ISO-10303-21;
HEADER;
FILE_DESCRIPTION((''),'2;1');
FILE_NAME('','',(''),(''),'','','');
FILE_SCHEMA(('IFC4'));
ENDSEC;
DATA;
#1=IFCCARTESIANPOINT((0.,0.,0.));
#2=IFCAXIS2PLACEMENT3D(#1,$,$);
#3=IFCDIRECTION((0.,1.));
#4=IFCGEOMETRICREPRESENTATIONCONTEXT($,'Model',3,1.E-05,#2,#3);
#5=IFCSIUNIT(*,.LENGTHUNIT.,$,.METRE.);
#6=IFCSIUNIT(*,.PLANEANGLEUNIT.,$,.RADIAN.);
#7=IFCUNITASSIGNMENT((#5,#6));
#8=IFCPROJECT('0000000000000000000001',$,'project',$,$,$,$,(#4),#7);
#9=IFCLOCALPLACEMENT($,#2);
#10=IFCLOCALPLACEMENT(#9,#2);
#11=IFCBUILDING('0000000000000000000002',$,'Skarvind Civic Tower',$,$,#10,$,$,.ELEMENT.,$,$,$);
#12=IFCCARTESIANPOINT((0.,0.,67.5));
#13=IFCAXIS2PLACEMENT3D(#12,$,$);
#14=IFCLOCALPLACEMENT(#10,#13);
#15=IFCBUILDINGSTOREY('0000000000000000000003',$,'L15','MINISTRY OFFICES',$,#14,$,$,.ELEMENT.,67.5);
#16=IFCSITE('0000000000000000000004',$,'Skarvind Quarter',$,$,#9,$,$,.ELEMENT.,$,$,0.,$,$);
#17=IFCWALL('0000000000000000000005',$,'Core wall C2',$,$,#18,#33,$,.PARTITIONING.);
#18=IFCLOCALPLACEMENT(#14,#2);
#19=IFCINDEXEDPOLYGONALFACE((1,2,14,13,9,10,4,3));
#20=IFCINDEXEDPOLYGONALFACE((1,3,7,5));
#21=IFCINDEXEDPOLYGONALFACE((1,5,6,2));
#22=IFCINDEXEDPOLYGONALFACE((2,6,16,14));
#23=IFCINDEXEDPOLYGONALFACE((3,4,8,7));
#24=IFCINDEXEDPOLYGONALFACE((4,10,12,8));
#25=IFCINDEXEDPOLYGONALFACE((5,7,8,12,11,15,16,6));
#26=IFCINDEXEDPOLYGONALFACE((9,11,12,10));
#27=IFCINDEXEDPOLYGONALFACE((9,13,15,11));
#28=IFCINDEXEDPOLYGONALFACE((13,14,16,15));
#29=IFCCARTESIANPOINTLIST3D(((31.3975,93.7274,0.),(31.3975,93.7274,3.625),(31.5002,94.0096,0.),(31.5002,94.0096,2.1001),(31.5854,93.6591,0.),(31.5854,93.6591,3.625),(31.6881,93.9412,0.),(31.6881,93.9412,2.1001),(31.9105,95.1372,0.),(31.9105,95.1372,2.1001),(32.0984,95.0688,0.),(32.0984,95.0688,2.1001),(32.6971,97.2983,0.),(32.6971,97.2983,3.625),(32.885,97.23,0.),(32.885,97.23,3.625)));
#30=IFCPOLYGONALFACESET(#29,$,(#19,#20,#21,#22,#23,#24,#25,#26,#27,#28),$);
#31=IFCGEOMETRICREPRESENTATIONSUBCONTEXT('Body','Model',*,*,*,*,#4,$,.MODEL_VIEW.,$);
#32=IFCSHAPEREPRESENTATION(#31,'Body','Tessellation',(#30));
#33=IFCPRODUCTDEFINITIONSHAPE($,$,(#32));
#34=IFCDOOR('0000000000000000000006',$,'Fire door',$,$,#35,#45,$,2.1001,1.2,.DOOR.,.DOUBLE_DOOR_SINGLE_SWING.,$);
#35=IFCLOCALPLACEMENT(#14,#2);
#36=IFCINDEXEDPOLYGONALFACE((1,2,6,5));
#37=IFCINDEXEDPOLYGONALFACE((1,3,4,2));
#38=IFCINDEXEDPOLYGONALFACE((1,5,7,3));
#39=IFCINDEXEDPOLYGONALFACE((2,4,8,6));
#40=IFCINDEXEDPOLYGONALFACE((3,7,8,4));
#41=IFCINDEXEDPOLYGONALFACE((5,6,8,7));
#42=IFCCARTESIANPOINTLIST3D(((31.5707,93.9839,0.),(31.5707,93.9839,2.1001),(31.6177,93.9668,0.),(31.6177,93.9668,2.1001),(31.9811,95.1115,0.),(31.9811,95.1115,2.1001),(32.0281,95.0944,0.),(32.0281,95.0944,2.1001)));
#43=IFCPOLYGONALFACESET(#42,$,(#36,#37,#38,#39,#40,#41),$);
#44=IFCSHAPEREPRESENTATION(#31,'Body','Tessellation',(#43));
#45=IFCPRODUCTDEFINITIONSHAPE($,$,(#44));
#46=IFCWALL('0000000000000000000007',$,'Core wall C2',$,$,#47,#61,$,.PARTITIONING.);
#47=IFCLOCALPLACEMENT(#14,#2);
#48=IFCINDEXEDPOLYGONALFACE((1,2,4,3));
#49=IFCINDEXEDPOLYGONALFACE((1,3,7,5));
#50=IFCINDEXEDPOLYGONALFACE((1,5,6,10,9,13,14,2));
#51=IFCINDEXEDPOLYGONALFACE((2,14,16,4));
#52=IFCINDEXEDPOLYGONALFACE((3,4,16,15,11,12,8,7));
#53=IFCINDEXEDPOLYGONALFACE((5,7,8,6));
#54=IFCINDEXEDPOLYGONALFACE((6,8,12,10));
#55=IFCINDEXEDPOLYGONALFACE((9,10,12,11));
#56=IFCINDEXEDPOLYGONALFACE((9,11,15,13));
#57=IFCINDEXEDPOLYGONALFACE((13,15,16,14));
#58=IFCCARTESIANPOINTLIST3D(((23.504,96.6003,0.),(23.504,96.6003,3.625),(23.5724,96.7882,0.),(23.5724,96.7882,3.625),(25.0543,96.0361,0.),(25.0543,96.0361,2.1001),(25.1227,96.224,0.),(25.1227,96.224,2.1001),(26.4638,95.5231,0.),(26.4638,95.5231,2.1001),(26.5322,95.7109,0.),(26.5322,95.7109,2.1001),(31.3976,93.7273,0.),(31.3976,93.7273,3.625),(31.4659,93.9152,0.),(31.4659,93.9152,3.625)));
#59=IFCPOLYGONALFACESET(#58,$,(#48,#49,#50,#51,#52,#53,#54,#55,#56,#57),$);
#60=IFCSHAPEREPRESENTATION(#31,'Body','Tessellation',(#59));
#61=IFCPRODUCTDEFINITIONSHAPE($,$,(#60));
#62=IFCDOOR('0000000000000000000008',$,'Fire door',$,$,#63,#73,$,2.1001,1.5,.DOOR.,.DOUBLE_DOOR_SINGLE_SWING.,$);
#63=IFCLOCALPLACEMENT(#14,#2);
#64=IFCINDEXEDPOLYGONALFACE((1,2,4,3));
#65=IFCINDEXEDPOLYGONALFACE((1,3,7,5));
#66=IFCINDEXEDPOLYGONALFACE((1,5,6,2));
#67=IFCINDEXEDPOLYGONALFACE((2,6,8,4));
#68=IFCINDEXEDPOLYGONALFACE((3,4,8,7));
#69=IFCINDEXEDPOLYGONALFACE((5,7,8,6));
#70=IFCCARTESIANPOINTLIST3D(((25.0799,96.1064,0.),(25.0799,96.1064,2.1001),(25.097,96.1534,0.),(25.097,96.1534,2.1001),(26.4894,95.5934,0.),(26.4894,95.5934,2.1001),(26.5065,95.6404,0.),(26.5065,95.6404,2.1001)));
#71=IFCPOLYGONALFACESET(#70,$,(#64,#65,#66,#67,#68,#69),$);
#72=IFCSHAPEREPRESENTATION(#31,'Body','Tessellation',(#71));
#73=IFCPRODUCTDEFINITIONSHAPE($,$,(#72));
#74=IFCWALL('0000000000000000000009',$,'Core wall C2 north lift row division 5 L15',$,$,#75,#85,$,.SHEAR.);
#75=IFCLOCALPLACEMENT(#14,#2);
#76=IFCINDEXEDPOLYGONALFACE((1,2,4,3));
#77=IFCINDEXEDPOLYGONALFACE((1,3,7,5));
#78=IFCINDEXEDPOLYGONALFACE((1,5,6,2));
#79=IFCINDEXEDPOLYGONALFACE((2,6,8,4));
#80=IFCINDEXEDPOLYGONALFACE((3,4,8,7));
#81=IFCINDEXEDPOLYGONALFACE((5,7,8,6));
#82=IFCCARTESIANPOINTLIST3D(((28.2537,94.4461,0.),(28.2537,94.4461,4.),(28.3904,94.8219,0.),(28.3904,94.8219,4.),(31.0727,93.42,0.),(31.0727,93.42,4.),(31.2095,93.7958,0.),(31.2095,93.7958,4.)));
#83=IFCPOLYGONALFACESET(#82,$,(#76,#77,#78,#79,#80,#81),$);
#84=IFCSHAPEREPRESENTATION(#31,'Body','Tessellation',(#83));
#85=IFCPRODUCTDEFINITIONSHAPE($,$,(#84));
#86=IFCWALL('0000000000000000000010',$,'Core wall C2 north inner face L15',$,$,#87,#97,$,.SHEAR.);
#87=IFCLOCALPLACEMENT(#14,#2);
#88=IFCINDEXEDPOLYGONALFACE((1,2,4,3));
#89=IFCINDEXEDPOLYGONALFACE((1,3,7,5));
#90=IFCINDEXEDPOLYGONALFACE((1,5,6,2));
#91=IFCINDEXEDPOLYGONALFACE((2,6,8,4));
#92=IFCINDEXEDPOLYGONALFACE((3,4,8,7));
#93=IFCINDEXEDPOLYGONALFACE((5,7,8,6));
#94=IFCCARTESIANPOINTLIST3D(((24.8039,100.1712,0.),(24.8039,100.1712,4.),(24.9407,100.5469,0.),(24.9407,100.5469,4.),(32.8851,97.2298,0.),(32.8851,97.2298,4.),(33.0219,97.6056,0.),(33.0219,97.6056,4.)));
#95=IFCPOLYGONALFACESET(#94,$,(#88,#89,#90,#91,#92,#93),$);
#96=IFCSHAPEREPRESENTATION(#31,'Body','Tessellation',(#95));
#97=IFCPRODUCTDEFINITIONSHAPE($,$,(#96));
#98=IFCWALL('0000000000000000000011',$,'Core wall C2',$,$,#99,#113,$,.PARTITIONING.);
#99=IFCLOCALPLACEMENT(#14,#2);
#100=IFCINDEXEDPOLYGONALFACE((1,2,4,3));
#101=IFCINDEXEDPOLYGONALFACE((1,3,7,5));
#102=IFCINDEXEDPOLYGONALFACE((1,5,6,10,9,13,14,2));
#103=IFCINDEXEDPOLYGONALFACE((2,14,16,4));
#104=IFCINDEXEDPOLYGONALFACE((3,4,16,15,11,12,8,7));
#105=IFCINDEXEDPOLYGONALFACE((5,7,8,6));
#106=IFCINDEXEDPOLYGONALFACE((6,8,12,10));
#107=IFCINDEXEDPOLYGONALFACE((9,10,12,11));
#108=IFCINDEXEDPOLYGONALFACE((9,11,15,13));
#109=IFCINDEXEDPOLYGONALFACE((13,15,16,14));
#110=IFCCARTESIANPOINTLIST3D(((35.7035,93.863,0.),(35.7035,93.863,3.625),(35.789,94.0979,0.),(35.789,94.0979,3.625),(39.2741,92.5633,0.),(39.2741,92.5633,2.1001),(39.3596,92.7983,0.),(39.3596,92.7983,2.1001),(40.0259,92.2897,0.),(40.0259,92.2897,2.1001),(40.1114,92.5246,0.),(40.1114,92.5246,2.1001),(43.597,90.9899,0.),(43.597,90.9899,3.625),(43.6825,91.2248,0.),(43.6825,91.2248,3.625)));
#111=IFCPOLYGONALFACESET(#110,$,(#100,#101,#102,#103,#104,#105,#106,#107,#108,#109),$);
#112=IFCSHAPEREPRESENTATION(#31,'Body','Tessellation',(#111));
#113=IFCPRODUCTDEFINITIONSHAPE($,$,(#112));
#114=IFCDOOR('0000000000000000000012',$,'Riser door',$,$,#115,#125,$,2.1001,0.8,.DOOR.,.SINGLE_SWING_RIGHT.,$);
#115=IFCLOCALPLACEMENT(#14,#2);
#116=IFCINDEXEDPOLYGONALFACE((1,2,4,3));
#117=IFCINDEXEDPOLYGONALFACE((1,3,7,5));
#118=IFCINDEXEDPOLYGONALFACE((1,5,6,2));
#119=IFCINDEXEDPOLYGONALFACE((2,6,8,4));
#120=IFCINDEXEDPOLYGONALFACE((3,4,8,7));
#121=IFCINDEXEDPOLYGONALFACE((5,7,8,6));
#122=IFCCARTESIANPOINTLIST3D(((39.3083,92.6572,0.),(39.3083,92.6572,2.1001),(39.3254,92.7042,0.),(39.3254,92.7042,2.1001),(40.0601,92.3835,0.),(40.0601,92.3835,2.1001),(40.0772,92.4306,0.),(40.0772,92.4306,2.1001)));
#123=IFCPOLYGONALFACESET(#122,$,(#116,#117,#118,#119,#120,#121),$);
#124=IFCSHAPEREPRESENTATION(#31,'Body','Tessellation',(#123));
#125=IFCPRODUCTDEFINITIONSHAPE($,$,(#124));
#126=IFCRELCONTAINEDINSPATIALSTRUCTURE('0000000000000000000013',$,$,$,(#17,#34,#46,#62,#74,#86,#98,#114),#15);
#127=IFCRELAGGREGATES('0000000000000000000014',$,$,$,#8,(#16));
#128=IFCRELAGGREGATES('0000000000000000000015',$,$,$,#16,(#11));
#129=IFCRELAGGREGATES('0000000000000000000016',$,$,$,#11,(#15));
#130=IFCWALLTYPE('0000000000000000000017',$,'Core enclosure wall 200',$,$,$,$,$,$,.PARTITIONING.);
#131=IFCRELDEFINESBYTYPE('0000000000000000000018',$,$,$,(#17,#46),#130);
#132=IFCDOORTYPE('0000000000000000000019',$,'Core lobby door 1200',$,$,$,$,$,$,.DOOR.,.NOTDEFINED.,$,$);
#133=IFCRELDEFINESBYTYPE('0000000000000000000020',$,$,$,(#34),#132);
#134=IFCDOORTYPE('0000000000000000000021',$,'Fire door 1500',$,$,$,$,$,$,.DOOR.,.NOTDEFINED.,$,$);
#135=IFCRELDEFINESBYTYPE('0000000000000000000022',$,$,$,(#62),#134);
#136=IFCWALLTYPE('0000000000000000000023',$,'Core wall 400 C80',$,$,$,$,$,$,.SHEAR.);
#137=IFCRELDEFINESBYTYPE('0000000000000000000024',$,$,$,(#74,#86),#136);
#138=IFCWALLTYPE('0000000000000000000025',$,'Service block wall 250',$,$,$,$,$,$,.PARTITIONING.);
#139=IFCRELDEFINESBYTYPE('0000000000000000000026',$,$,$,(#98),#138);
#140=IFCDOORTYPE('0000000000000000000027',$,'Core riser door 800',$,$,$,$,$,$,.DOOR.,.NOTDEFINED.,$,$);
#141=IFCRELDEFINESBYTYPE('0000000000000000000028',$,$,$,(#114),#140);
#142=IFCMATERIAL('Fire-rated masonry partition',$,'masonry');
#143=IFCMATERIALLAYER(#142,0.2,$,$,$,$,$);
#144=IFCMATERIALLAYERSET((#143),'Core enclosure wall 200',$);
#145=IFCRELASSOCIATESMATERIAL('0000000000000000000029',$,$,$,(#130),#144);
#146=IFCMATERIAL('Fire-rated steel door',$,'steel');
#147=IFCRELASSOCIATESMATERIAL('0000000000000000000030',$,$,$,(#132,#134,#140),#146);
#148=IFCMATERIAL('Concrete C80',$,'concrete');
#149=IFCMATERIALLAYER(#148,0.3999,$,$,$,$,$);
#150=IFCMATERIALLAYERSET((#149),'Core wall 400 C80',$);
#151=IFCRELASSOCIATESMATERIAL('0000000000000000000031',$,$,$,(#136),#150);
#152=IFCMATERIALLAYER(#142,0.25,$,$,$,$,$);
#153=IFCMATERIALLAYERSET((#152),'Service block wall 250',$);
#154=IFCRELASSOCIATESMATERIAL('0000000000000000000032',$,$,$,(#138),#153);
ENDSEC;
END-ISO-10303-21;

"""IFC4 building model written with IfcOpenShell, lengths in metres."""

from ifc_helpers import new_model, si_unit, direction, frame, frame_2d, origin, place, context, subcontext, project, spatial, rectangle, extrude, material, layer, layer_set, type_object, element, fill, save


model = new_model("IFC4")

# Units and contexts
model_context = context("Model", 3, precision=1e-05, world=origin(), true_north=direction((0.0, 1.0)))
body_context = subcontext(model_context, "Body", "Model", "MODEL_VIEW")
ifc_project = project(units=[si_unit("LENGTHUNIT", "METRE"), si_unit("PLANEANGLEUNIT", "RADIAN")], contexts=[model_context])

# Site, building, storey
site_placement = place(None, origin())
site = spatial("IfcSite", under=ifc_project, at=site_placement, Name="Skarvind Quarter", CompositionType="ELEMENT", RefElevation=0.0)
building_placement = place(site_placement, origin())
building = spatial("IfcBuilding", under=site, at=building_placement, Name="Skarvind Civic Tower", CompositionType="ELEMENT")
storey_placement = place(building_placement, frame((0.0, 0.0, 67.5)))
storey = spatial("IfcBuildingStorey", under=building, at=storey_placement, Name="L15", Description="MINISTRY OFFICES", CompositionType="ELEMENT", Elevation=67.5)

# Walls, openings, doors
ifc_material_1 = material(Name="Fire-rated masonry partition", Category="masonry")
ifc_layer_1 = layer(ifc_material_1, 0.2)
ifc_layer_set_1 = layer_set([ifc_layer_1], Name="Core enclosure wall 200")
wall_type_1 = type_object("IfcWallType", Name="Core enclosure wall 200", PredefinedType="PARTITIONING", material=ifc_layer_set_1)
wall_1_placement = place(storey_placement, frame((31.4915, 93.6934, 0.0), z_axis=(0.0, 0.0, 1.0), x_axis=(0.341996, 0.939701, 0.0)))
wall_1 = element("IfcWall", 1, at=wall_1_placement, inside=storey, type_object=wall_type_1, Name="Core wall C2", PredefinedType="PARTITIONING", context=body_context, shape_type="SweptSolid", body=[
    extrude(rectangle(XDim=3.8, YDim=0.2, at=frame_2d((1.8999, 0.0))), origin(), (0.0, 0.0, 1.0), 3.625),
])
opening_1_placement = place(wall_1_placement, frame((0.3, 0.0, 0.0)))
opening_1 = element("IfcOpeningElement", 2, at=opening_1_placement, cuts=wall_1, PredefinedType="OPENING", context=body_context, shape_type="SweptSolid", body=[
    extrude(rectangle(XDim=1.2, YDim=2.1001, at=frame_2d((0.6001, 1.05))), frame((0.0, 0.1099, 0.0), z_axis=(0.0, -1.0, 0.0), x_axis=(1.0, 0.0, 0.0)), (0.0, 0.0, 1.0), 0.22),
])
ifc_material_2 = material(Name="Fire-rated steel door", Category="steel")
door_type_1 = type_object("IfcDoorType", Name="Core lobby door 1200", OperationType="NOTDEFINED", PredefinedType="DOOR", material=ifc_material_2)
door_1_placement = place(opening_1_placement, origin())
door_1 = element("IfcDoor", 3, at=door_1_placement, inside=storey, type_object=door_type_1, Name="Fire door", OperationType="DOUBLE_DOOR_SINGLE_SWING", OverallHeight=2.1001, OverallWidth=1.2, PredefinedType="DOOR", context=body_context, shape_type="SweptSolid", body=[
    extrude(rectangle(XDim=1.2, YDim=2.1001, at=frame_2d((0.6001, 1.05))), frame((0.0, 0.0249, 0.0), z_axis=(0.0, -1.0, 0.0), x_axis=(1.0, 0.0, 0.0)), (0.0, 0.0, 1.0), 0.05),
])
fill(opening_1, door_1)
wall_2_placement = place(storey_placement, frame((23.5381, 96.6943, 0.0), z_axis=(0.0, 0.0, 1.0), x_axis=(0.939692, -0.342023, 0.0)))
wall_2 = element("IfcWall", 4, at=wall_2_placement, inside=storey, type_object=wall_type_1, Name="Core wall C2", PredefinedType="PARTITIONING", context=body_context, shape_type="SweptSolid", body=[
    extrude(rectangle(XDim=8.4001, YDim=0.2, at=frame_2d((4.2002, 0.0))), origin(), (0.0, 0.0, 1.0), 3.625),
])
opening_2_placement = place(wall_2_placement, frame((1.6499, 0.0, 0.0)))
opening_2 = element("IfcOpeningElement", 5, at=opening_2_placement, cuts=wall_2, PredefinedType="OPENING", context=body_context, shape_type="SweptSolid", body=[
    extrude(rectangle(XDim=1.5, YDim=2.1001, at=frame_2d((0.75, 1.05))), frame((0.0, 0.1099, 0.0), z_axis=(0.0, -1.0, 0.0), x_axis=(1.0, 0.0, 0.0)), (0.0, 0.0, 1.0), 0.22),
])
door_type_2 = type_object("IfcDoorType", Name="Fire door 1500", OperationType="NOTDEFINED", PredefinedType="DOOR", material=ifc_material_2)
door_2_placement = place(opening_2_placement, origin())
door_2 = element("IfcDoor", 6, at=door_2_placement, inside=storey, type_object=door_type_2, Name="Fire door", OperationType="DOUBLE_DOOR_SINGLE_SWING", OverallHeight=2.1001, OverallWidth=1.5, PredefinedType="DOOR", context=body_context, shape_type="SweptSolid", body=[
    extrude(rectangle(XDim=1.5, YDim=2.1001, at=frame_2d((0.75, 1.05))), frame((0.0, 0.0249, 0.0), z_axis=(0.0, -1.0, 0.0), x_axis=(1.0, 0.0, 0.0)), (0.0, 0.0, 1.0), 0.05),
])
fill(opening_2, door_2)

# Walls
ifc_material_3 = material(Name="Concrete C80", Category="concrete")
ifc_layer_2 = layer(ifc_material_3, 0.3999)
ifc_layer_set_2 = layer_set([ifc_layer_2], Name="Core wall 400 C80")
wall_type_2 = type_object("IfcWallType", Name="Core wall 400 C80", PredefinedType="SHEAR", material=ifc_layer_set_2)
wall_3_placement = place(storey_placement, frame((31.1411, 93.6079, 0.0), z_axis=(0.0, 0.0, 1.0), x_axis=(-0.939686, 0.342037, 0.0)))
element("IfcWall", 7, at=wall_3_placement, inside=storey, type_object=wall_type_2, Name="Core wall C2 north lift row division 5 L15", PredefinedType="SHEAR", context=body_context, shape_type="SweptSolid", body=[
    extrude(rectangle(XDim=3.0, YDim=0.3999, at=frame_2d((1.5, 0.0))), origin(), (0.0, 0.0, 1.0), 4.0),
])
wall_4_placement = place(storey_placement, frame((32.9534, 97.4177, 0.0), z_axis=(0.0, 0.0, 1.0), x_axis=(-0.939691, 0.342026, 0.0)))
element("IfcWall", 8, at=wall_4_placement, inside=storey, type_object=wall_type_2, Name="Core wall C2 north inner face L15", PredefinedType="SHEAR", context=body_context, shape_type="SweptSolid", body=[
    extrude(rectangle(XDim=8.5999, YDim=0.3999, at=frame_2d((4.2998, 0.0))), origin(), (0.0, 0.0, 1.0), 4.0),
])

# Wall, opening, door
ifc_layer_3 = layer(ifc_material_1, 0.25)
ifc_layer_set_3 = layer_set([ifc_layer_3], Name="Service block wall 250")
wall_type_3 = type_object("IfcWallType", Name="Service block wall 250", PredefinedType="PARTITIONING", material=ifc_layer_set_3)
wall_5_placement = place(storey_placement, frame((35.7461, 93.9805, 0.0), z_axis=(0.0, 0.0, 1.0), x_axis=(0.939692, -0.342023, 0.0)))
wall_5 = element("IfcWall", 9, at=wall_5_placement, inside=storey, type_object=wall_type_3, Name="Core wall C2", PredefinedType="PARTITIONING", context=body_context, shape_type="SweptSolid", body=[
    extrude(rectangle(XDim=8.4001, YDim=0.25, at=frame_2d((4.2002, 0.0))), origin(), (0.0, 0.0, 1.0), 3.625),
])
opening_3_placement = place(wall_5_placement, frame((3.8, 0.0, 0.0)))
opening_3 = element("IfcOpeningElement", 10, at=opening_3_placement, cuts=wall_5, PredefinedType="OPENING", context=body_context, shape_type="SweptSolid", body=[
    extrude(rectangle(XDim=0.8, YDim=2.1001, at=frame_2d((0.3999, 1.05))), frame((0.0, 0.135, 0.0), z_axis=(0.0, -1.0, 0.0), x_axis=(1.0, 0.0, 0.0)), (0.0, 0.0, 1.0), 0.27),
])
door_type_3 = type_object("IfcDoorType", Name="Core riser door 800", OperationType="NOTDEFINED", PredefinedType="DOOR", material=ifc_material_2)
door_3_placement = place(opening_3_placement, origin())
door_3 = element("IfcDoor", 11, at=door_3_placement, inside=storey, type_object=door_type_3, Name="Riser door", OperationType="SINGLE_SWING_RIGHT", OverallHeight=2.1001, OverallWidth=0.8, PredefinedType="DOOR", context=body_context, shape_type="SweptSolid", body=[
    extrude(rectangle(XDim=0.8, YDim=2.1001, at=frame_2d((0.3999, 1.05))), frame((0.0, 0.0249, 0.0), z_axis=(0.0, -1.0, 0.0), x_axis=(1.0, 0.0, 0.0)), (0.0, 0.0, 1.0), 0.05),
])
fill(opening_3, door_3)

save(model, "model.ifc")
